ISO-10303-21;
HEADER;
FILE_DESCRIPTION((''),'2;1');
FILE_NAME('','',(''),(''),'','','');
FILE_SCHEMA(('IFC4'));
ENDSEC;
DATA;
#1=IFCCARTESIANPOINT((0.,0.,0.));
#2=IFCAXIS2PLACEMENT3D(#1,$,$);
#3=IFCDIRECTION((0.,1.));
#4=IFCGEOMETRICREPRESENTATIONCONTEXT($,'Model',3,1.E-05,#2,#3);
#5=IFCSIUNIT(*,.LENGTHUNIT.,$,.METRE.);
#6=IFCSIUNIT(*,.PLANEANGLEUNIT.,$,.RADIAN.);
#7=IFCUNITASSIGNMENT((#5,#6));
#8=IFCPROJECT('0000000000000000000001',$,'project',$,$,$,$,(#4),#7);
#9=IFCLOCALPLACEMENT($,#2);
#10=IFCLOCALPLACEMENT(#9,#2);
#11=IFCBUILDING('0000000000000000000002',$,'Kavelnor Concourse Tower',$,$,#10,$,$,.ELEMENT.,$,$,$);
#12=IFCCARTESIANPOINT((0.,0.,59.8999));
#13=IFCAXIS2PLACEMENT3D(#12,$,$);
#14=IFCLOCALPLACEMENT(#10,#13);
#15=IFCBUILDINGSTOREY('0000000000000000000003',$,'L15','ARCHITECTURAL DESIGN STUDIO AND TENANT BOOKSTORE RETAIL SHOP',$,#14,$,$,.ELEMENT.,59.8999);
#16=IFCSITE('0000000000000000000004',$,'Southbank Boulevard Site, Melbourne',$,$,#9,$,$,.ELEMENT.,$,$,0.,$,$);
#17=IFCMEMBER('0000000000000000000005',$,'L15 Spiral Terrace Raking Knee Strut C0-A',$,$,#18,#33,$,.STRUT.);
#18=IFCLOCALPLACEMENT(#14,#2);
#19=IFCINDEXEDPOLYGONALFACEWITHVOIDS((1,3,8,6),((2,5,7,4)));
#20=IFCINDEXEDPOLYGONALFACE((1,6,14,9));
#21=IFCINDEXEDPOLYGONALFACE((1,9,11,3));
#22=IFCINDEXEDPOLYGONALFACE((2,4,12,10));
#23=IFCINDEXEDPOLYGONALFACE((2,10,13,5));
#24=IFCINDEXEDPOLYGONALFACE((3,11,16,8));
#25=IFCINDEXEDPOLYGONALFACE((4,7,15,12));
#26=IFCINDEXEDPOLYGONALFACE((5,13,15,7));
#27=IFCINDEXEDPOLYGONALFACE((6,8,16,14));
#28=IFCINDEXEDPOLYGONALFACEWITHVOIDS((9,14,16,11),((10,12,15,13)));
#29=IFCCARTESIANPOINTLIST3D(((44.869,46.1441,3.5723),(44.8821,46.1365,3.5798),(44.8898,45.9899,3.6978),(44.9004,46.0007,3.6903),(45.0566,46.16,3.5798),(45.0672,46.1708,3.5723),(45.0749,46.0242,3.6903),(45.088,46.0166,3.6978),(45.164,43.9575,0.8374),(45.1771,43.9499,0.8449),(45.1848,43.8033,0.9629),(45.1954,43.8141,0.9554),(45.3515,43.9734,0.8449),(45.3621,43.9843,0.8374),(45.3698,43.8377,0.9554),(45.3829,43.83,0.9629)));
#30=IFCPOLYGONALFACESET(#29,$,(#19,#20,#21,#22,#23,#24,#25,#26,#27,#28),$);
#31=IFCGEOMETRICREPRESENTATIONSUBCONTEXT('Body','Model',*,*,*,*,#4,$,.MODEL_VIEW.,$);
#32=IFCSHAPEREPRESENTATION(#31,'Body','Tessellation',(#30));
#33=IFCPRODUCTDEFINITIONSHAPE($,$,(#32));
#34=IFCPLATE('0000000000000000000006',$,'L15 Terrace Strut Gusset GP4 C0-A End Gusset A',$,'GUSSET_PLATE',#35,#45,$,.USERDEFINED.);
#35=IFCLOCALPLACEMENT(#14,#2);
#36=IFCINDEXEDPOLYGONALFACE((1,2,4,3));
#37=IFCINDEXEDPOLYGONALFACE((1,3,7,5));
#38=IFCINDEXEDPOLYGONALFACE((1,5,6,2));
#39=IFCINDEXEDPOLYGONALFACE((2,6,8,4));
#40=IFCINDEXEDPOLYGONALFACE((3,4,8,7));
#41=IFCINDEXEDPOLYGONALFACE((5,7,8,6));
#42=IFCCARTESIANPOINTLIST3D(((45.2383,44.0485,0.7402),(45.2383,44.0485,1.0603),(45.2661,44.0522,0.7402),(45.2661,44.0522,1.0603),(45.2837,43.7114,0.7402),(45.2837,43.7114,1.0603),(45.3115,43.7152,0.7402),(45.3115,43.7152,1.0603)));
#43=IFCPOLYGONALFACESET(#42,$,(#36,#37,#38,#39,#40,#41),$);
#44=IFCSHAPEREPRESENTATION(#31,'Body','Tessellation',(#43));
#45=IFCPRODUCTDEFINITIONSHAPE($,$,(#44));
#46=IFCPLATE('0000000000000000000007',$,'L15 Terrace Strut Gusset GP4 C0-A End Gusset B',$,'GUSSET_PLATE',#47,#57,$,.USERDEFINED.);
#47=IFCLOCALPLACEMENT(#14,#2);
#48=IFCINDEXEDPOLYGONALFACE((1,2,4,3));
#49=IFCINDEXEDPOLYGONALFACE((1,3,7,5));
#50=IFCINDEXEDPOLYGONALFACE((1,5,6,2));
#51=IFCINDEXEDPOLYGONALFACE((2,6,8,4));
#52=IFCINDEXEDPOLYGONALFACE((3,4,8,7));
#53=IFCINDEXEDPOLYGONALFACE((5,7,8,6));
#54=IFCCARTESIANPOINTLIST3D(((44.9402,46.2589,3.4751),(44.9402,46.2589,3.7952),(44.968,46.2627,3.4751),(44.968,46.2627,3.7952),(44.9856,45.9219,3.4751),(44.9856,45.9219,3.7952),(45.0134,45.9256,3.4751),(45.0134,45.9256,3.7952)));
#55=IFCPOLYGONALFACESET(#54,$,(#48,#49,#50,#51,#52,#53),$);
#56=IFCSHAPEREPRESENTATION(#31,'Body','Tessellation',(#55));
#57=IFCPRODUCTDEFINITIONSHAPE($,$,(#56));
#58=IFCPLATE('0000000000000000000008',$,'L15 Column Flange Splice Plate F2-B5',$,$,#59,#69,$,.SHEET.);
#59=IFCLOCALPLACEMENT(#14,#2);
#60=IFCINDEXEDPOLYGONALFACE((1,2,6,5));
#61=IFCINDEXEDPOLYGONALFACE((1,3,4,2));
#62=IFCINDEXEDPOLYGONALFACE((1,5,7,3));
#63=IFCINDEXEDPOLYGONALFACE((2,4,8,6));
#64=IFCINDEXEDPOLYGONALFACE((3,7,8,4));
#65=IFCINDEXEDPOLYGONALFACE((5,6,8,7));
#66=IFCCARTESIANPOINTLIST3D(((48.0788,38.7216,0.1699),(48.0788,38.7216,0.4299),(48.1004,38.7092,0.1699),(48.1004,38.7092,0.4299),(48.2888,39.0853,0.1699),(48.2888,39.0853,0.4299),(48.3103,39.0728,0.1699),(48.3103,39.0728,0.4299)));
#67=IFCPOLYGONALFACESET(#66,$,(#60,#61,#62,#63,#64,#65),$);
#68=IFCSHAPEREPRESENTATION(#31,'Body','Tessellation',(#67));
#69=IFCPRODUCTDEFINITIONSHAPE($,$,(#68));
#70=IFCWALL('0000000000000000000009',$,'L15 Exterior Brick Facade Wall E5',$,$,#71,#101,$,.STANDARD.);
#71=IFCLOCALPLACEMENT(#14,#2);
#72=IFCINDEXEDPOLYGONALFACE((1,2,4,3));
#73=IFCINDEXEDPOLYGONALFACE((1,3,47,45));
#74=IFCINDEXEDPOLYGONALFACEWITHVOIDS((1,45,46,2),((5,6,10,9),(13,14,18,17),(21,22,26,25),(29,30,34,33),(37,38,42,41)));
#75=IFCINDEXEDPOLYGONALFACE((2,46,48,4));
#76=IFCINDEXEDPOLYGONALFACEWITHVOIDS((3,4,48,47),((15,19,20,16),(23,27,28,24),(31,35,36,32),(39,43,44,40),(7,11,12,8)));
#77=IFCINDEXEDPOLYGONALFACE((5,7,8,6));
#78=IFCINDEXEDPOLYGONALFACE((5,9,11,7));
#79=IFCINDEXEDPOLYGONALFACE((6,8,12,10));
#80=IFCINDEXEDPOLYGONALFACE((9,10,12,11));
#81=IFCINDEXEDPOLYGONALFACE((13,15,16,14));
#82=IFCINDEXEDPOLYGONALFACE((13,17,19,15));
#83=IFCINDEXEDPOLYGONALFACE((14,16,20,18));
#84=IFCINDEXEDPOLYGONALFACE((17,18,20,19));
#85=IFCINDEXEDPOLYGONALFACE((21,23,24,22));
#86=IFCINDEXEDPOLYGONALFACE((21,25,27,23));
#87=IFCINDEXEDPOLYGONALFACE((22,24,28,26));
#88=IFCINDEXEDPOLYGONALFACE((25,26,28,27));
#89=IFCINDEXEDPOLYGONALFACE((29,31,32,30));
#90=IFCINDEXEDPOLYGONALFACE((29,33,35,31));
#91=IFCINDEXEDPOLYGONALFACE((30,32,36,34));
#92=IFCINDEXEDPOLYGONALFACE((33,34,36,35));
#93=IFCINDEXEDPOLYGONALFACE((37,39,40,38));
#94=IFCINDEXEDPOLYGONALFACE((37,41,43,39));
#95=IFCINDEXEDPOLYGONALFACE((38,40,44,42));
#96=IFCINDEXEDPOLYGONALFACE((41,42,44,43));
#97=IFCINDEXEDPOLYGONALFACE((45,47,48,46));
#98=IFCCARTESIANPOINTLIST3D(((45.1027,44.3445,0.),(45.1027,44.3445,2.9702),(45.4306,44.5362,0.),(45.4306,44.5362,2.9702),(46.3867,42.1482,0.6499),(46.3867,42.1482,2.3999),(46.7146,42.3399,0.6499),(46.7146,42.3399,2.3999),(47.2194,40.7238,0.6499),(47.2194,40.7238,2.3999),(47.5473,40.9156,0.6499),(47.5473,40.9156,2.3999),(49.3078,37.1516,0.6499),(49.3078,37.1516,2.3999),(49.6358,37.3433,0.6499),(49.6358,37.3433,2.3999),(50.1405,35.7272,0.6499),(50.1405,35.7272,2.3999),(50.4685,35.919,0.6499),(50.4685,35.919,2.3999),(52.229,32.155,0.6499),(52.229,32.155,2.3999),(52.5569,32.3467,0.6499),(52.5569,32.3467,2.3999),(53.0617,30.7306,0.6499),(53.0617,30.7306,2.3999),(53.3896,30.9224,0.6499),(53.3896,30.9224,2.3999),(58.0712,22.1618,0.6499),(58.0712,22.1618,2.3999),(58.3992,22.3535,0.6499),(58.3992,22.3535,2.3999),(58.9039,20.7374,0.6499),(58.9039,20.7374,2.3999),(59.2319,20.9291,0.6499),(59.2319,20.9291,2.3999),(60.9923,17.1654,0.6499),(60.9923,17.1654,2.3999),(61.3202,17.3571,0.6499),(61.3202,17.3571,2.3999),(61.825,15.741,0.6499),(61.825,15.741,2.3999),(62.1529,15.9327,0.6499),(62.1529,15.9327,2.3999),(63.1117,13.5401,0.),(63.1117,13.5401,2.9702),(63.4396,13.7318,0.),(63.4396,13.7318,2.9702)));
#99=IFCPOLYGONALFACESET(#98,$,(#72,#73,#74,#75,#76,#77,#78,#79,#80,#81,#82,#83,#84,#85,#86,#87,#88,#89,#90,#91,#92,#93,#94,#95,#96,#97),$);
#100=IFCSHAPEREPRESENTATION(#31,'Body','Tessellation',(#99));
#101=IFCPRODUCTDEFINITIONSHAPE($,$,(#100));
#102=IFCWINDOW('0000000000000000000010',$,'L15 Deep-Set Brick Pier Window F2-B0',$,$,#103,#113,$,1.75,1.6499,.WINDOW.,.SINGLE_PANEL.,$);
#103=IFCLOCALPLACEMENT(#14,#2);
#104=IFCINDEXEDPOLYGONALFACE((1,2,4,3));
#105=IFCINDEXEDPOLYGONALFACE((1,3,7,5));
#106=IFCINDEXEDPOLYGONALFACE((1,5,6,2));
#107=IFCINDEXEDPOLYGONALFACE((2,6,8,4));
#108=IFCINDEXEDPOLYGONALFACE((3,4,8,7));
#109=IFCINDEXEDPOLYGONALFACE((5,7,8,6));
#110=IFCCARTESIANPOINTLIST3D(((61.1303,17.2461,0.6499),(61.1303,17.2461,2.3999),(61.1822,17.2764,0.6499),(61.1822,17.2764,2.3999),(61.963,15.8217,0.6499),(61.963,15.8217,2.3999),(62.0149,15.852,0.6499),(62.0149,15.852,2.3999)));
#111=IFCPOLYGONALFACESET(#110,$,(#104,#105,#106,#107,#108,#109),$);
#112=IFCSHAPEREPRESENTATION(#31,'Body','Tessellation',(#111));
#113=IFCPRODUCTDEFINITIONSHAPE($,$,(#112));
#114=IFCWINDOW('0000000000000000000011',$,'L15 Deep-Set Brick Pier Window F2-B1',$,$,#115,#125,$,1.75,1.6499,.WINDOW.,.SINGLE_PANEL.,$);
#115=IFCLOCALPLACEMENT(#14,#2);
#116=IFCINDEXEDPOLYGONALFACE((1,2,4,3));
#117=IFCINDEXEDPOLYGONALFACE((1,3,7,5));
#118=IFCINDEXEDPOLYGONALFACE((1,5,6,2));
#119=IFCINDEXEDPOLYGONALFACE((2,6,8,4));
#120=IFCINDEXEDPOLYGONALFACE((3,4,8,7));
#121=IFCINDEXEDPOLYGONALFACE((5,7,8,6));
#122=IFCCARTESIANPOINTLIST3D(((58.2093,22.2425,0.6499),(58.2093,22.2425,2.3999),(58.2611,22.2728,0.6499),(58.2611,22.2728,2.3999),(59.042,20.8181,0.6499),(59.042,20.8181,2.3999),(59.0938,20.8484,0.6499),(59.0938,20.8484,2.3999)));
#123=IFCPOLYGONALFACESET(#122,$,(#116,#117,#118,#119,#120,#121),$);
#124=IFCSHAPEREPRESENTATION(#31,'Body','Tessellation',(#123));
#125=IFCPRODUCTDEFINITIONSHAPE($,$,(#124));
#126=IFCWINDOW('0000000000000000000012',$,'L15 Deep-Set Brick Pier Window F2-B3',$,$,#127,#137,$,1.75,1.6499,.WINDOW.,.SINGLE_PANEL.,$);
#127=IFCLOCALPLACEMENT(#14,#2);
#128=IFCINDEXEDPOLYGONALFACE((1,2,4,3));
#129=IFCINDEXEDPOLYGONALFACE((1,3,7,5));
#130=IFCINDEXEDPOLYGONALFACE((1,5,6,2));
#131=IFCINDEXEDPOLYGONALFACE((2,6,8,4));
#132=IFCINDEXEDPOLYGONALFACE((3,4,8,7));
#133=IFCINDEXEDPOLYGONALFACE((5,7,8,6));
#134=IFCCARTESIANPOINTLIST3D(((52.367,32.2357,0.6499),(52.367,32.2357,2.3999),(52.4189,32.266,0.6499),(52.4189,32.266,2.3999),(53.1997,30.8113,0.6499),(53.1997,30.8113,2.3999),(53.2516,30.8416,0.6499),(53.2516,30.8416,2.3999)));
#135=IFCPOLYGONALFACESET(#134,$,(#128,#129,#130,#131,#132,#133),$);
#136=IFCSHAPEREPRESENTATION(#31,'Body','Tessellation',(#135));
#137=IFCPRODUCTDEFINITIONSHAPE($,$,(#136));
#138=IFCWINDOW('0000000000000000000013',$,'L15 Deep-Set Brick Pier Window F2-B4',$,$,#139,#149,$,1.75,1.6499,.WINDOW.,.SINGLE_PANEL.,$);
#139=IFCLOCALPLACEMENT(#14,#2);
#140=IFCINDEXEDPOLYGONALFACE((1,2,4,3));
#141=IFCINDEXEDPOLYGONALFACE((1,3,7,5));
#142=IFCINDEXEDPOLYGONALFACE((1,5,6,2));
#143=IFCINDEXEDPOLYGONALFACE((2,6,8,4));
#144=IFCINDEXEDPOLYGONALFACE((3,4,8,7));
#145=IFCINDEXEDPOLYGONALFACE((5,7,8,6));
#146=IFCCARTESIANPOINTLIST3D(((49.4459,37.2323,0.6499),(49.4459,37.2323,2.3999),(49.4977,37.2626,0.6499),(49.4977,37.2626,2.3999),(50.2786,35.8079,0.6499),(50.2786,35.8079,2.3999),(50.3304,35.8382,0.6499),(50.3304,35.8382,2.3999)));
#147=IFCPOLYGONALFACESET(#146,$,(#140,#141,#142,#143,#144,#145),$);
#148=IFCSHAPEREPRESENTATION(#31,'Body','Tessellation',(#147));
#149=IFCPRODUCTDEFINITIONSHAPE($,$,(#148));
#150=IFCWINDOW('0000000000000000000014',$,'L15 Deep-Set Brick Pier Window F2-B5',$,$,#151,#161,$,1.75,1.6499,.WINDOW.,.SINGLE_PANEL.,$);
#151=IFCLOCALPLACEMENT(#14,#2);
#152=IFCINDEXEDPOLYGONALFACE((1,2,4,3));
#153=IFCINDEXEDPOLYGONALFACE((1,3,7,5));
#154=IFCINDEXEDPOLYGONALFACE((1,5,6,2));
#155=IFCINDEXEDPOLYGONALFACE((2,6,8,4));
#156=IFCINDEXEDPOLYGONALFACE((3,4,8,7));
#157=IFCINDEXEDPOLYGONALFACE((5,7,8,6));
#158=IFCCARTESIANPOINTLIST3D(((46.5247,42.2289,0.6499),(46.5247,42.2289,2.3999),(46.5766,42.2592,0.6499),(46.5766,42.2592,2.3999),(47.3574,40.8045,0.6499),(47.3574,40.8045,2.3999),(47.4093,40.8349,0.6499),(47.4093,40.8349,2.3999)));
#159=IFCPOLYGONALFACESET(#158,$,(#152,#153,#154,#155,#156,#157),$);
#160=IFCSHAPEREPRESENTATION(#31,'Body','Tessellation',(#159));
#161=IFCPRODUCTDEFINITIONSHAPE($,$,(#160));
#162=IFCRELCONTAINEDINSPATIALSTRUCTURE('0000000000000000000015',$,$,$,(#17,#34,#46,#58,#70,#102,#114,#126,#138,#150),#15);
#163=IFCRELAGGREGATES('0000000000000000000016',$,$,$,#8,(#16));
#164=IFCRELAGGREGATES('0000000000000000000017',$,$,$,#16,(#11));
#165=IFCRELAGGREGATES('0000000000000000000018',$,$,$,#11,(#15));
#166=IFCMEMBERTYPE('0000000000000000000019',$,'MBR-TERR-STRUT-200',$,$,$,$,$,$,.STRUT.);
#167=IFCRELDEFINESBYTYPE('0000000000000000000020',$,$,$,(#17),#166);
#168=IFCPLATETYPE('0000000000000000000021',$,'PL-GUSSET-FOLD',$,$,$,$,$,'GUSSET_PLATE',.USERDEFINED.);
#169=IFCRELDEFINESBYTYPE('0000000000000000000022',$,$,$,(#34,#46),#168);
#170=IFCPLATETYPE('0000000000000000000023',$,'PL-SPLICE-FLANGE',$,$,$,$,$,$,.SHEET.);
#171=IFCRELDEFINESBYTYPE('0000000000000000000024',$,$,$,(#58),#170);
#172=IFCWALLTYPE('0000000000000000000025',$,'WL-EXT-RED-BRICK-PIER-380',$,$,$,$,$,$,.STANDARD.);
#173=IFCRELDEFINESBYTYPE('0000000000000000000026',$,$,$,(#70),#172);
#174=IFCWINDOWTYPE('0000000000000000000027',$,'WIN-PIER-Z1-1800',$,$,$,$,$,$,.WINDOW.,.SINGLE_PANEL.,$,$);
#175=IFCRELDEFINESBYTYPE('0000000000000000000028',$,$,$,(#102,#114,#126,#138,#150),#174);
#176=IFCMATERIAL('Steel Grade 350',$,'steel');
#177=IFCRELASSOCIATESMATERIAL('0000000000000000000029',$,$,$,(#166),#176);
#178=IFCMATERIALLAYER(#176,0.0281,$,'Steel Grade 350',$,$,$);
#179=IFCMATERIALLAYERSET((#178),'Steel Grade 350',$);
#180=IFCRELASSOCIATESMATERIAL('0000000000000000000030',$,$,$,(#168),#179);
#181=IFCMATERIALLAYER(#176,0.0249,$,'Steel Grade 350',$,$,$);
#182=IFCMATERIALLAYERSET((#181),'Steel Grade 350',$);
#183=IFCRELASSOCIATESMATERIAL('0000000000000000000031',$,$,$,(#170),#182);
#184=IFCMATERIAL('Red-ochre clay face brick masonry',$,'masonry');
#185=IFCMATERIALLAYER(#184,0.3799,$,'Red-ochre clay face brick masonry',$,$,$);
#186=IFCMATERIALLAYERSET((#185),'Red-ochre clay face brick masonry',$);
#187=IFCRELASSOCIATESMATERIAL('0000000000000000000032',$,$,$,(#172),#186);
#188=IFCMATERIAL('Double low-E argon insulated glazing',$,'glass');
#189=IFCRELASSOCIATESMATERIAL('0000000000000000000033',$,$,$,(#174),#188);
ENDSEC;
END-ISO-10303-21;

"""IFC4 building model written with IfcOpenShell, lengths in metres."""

from ifc_helpers import new_model, si_unit, direction, frame, frame_2d, origin, origin_2d, place, context, subcontext, project, spatial, rectangle, hollow_rectangle, extrude, material, layer, layer_set, material_profile, profile_set, type_object, element, fill, save


model = new_model("IFC4")

# Units and contexts
model_context = context("Model", 3, precision=1e-05, world=origin(), true_north=direction((0.0, 1.0)))
body_context = subcontext(model_context, "Body", "Model", "MODEL_VIEW")
ifc_project = project(units=[si_unit("LENGTHUNIT", "METRE"), si_unit("PLANEANGLEUNIT", "RADIAN")], contexts=[model_context])

# Site, building, storey
site_placement = place(None, origin())
site = spatial("IfcSite", under=ifc_project, at=site_placement, Name="Southbank Boulevard Site, Melbourne", CompositionType="ELEMENT", RefElevation=0.0)
building_placement = place(site_placement, origin())
building = spatial("IfcBuilding", under=site, at=building_placement, Name="Kavelnor Concourse Tower", CompositionType="ELEMENT")
storey_placement = place(building_placement, frame((0.0, 0.0, 59.8999)))
storey = spatial("IfcBuildingStorey", under=building, at=storey_placement, Name="L15", Description="ARCHITECTURAL DESIGN STUDIO AND TENANT BOOKSTORE RETAIL SHOP", CompositionType="ELEMENT", Elevation=59.8999)

# Shared definitions
ifc_material_1 = material(Name="Steel Grade 350", Category="steel")

# Member
ifc_material_profile_1 = material_profile(ifc_material_1, hollow_rectangle(XDim=0.2, YDim=0.2, WallThickness=0.012, at=origin_2d()), Name="SHS 200x200x12")
ifc_profile_set_1 = profile_set([ifc_material_profile_1], Name="Steel Grade 350")
member_type = type_object("IfcMemberType", Name="MBR-TERR-STRUT-200", PredefinedType="STRUT", material=ifc_profile_set_1)
member_placement = place(storey_placement, frame((45.2734, 43.8938, 0.9001), z_axis=(-0.083931, 0.622254, 0.778303), x_axis=(-0.991026, -0.133671, 0.0)))
element("IfcMember", 1, at=member_placement, inside=storey, type_object=member_type, Name="L15 Spiral Terrace Raking Knee Strut C0-A", PredefinedType="STRUT", context=body_context, shape_type="SweptSolid", body=[
    extrude(hollow_rectangle(XDim=0.2, YDim=0.2, WallThickness=0.012, at=origin_2d()), origin(), (0.0, 0.0, 1.0), 3.5139),
])

# Plates
ifc_layer_1 = layer(ifc_material_1, 0.0281, Name="Steel Grade 350")
ifc_layer_set_1 = layer_set([ifc_layer_1], Name="Steel Grade 350")
plate_type_1 = type_object("IfcPlateType", Name="PL-GUSSET-FOLD", ElementType="GUSSET_PLATE", PredefinedType="USERDEFINED", material=ifc_layer_set_1)
for number, where, z_axis, x_axis, name in (
    (2, (45.2749, 43.8818, 0.7402), (0.0, 0.0, 1.0), (-0.13364, 0.99103, 0.0), "L15 Terrace Strut Gusset GP4 C0-A End Gusset A"),
    (3, (44.9768, 46.0923, 3.4751), (0.0, 0.0, 1.0), (-0.13364, 0.99103, 0.0), "L15 Terrace Strut Gusset GP4 C0-A End Gusset B"),
):
    element("IfcPlate", number, at=place(storey_placement, frame(where, z_axis=z_axis, x_axis=x_axis)), inside=storey, type_object=plate_type_1, Name=name, ObjectType="GUSSET_PLATE", PredefinedType="USERDEFINED", context=body_context, shape_type="SweptSolid", body=[
        extrude(rectangle(XDim=0.3401, YDim=0.0281, at=origin_2d()), origin(), (0.0, 0.0, 1.0), 0.3201),
    ])
ifc_layer_2 = layer(ifc_material_1, 0.0249, Name="Steel Grade 350")
ifc_layer_set_2 = layer_set([ifc_layer_2], Name="Steel Grade 350")
plate_type_2 = type_object("IfcPlateType", Name="PL-SPLICE-FLANGE", PredefinedType="SHEET", material=ifc_layer_set_2)
plate_placement = place(storey_placement, frame((48.1946, 38.8972, 0.1699), z_axis=(0.0, 0.0, 1.0), x_axis=(-0.5, -0.866025, 0.0)))
element("IfcPlate", 4, at=plate_placement, inside=storey, type_object=plate_type_2, Name="L15 Column Flange Splice Plate F2-B5", PredefinedType="SHEET", context=body_context, shape_type="SweptSolid", body=[
    extrude(rectangle(XDim=0.4199, YDim=0.0249, at=origin_2d()), origin(), (0.0, 0.0, 1.0), 0.26),
])

# Wall, openings, windows
ifc_material_2 = material(Name="Red-ochre clay face brick masonry", Category="masonry")
ifc_layer_3 = layer(ifc_material_2, 0.3799, Name="Red-ochre clay face brick masonry")
ifc_layer_set_3 = layer_set([ifc_layer_3], Name="Red-ochre clay face brick masonry")
wall_type_1 = type_object("IfcWallType", Name="WL-EXT-RED-BRICK-PIER-380", PredefinedType="STANDARD", material=ifc_layer_set_3)
wall_1_placement = place(storey_placement, frame((45.2666, 44.4404, 0.0), z_axis=(0.0, 0.0, 1.0), x_axis=(0.504702, -0.863293, 0.0)))
wall_1 = element("IfcWall", 5, at=wall_1_placement, inside=storey, type_object=wall_type_1, Name="L15 Exterior Brick Facade Wall E5", PredefinedType="STANDARD", context=body_context, shape_type="SweptSolid", body=[
    extrude(rectangle(XDim=35.6824, YDim=0.3799, at=frame_2d((17.8413, 0.0))), origin(), (0.0, 0.0, 1.0), 2.9702),
])
opening_1_placement = place(wall_1_placement, frame((31.4832, 0.0, 0.6499)))
opening_1 = element("IfcOpeningElement", 6, at=opening_1_placement, cuts=wall_1, PredefinedType="OPENING", context=body_context, shape_type="SweptSolid", body=[
    extrude(rectangle(XDim=1.6499, YDim=1.75, at=frame_2d((0.825, 0.875))), frame((0.0, 0.2, 0.0), z_axis=(0.0, -1.0, 0.0), x_axis=(1.0, 0.0, 0.0)), (0.0, 0.0, 1.0), 0.3999),
])
opening_2_placement = place(wall_1_placement, frame((25.6956, 0.0, 0.6499)))
opening_2 = element("IfcOpeningElement", 7, at=opening_2_placement, cuts=wall_1, PredefinedType="OPENING", context=body_context, shape_type="SweptSolid", body=[
    extrude(rectangle(XDim=1.6499, YDim=1.75, at=frame_2d((0.825, 0.875))), frame((0.0, 0.2, 0.0), z_axis=(0.0, -1.0, 0.0), x_axis=(1.0, 0.0, 0.0)), (0.0, 0.0, 1.0), 0.3999),
])
opening_3_placement = place(wall_1_placement, frame((14.1199, 0.0, 0.6499)))
opening_3 = element("IfcOpeningElement", 8, at=opening_3_placement, cuts=wall_1, PredefinedType="OPENING", context=body_context, shape_type="SweptSolid", body=[
    extrude(rectangle(XDim=1.6499, YDim=1.75, at=frame_2d((0.825, 0.875))), frame((0.0, 0.2, 0.0), z_axis=(0.0, -1.0, 0.0), x_axis=(1.0, 0.0, 0.0)), (0.0, 0.0, 1.0), 0.3999),
])
opening_4_placement = place(wall_1_placement, frame((8.332, 0.0, 0.6499)))
opening_4 = element("IfcOpeningElement", 9, at=opening_4_placement, cuts=wall_1, PredefinedType="OPENING", context=body_context, shape_type="SweptSolid", body=[
    extrude(rectangle(XDim=1.6499, YDim=1.75, at=frame_2d((0.825, 0.875))), frame((0.0, 0.2, 0.0), z_axis=(0.0, -1.0, 0.0), x_axis=(1.0, 0.0, 0.0)), (0.0, 0.0, 1.0), 0.3999),
])
opening_5_placement = place(wall_1_placement, frame((2.5442, 0.0, 0.6499)))
opening_5 = element("IfcOpeningElement", 10, at=opening_5_placement, cuts=wall_1, PredefinedType="OPENING", context=body_context, shape_type="SweptSolid", body=[
    extrude(rectangle(XDim=1.6499, YDim=1.75, at=frame_2d((0.825, 0.875))), frame((0.0, 0.2, 0.0), z_axis=(0.0, -1.0, 0.0), x_axis=(1.0, 0.0, 0.0)), (0.0, 0.0, 1.0), 0.3999),
])
ifc_material_3 = material(Name="Double low-E argon insulated glazing", Category="glass")
window_type = type_object("IfcWindowType", Name="WIN-PIER-Z1-1800", PartitioningType="SINGLE_PANEL", PredefinedType="WINDOW", material=ifc_material_3)
window_1_placement = place(opening_1_placement, origin())
window_1 = element("IfcWindow", 11, at=window_1_placement, inside=storey, type_object=window_type, Name="L15 Deep-Set Brick Pier Window F2-B0", OverallHeight=1.75, OverallWidth=1.6499, PartitioningType="SINGLE_PANEL", PredefinedType="WINDOW", context=body_context, shape_type="SweptSolid", body=[
    extrude(rectangle(XDim=1.6499, YDim=1.75, at=frame_2d((0.825, 0.875))), frame((0.0, 0.03, 0.0), z_axis=(0.0, -1.0, 0.0), x_axis=(1.0, 0.0, 0.0)), (0.0, 0.0, 1.0), 0.0601),
])
fill(opening_1, window_1)
window_2_placement = place(opening_2_placement, origin())
window_2 = element("IfcWindow", 12, at=window_2_placement, inside=storey, type_object=window_type, Name="L15 Deep-Set Brick Pier Window F2-B1", OverallHeight=1.75, OverallWidth=1.6499, PartitioningType="SINGLE_PANEL", PredefinedType="WINDOW", context=body_context, shape_type="SweptSolid", body=[
    extrude(rectangle(XDim=1.6499, YDim=1.75, at=frame_2d((0.825, 0.875))), frame((0.0, 0.03, 0.0), z_axis=(0.0, -1.0, 0.0), x_axis=(1.0, 0.0, 0.0)), (0.0, 0.0, 1.0), 0.0601),
])
fill(opening_2, window_2)
window_3_placement = place(opening_3_placement, origin())
window_3 = element("IfcWindow", 13, at=window_3_placement, inside=storey, type_object=window_type, Name="L15 Deep-Set Brick Pier Window F2-B3", OverallHeight=1.75, OverallWidth=1.6499, PartitioningType="SINGLE_PANEL", PredefinedType="WINDOW", context=body_context, shape_type="SweptSolid", body=[
    extrude(rectangle(XDim=1.6499, YDim=1.75, at=frame_2d((0.825, 0.875))), frame((0.0, 0.03, 0.0), z_axis=(0.0, -1.0, 0.0), x_axis=(1.0, 0.0, 0.0)), (0.0, 0.0, 1.0), 0.0601),
])
fill(opening_3, window_3)
window_4_placement = place(opening_4_placement, origin())
window_4 = element("IfcWindow", 14, at=window_4_placement, inside=storey, type_object=window_type, Name="L15 Deep-Set Brick Pier Window F2-B4", OverallHeight=1.75, OverallWidth=1.6499, PartitioningType="SINGLE_PANEL", PredefinedType="WINDOW", context=body_context, shape_type="SweptSolid", body=[
    extrude(rectangle(XDim=1.6499, YDim=1.75, at=frame_2d((0.825, 0.875))), frame((0.0, 0.03, 0.0), z_axis=(0.0, -1.0, 0.0), x_axis=(1.0, 0.0, 0.0)), (0.0, 0.0, 1.0), 0.0601),
])
fill(opening_4, window_4)
window_5_placement = place(opening_5_placement, origin())
window_5 = element("IfcWindow", 15, at=window_5_placement, inside=storey, type_object=window_type, Name="L15 Deep-Set Brick Pier Window F2-B5", OverallHeight=1.75, OverallWidth=1.6499, PartitioningType="SINGLE_PANEL", PredefinedType="WINDOW", context=body_context, shape_type="SweptSolid", body=[
    extrude(rectangle(XDim=1.6499, YDim=1.75, at=frame_2d((0.825, 0.875))), frame((0.0, 0.03, 0.0), z_axis=(0.0, -1.0, 0.0), x_axis=(1.0, 0.0, 0.0)), (0.0, 0.0, 1.0), 0.0601),
])
fill(opening_5, window_5)

save(model, "model.ifc")
